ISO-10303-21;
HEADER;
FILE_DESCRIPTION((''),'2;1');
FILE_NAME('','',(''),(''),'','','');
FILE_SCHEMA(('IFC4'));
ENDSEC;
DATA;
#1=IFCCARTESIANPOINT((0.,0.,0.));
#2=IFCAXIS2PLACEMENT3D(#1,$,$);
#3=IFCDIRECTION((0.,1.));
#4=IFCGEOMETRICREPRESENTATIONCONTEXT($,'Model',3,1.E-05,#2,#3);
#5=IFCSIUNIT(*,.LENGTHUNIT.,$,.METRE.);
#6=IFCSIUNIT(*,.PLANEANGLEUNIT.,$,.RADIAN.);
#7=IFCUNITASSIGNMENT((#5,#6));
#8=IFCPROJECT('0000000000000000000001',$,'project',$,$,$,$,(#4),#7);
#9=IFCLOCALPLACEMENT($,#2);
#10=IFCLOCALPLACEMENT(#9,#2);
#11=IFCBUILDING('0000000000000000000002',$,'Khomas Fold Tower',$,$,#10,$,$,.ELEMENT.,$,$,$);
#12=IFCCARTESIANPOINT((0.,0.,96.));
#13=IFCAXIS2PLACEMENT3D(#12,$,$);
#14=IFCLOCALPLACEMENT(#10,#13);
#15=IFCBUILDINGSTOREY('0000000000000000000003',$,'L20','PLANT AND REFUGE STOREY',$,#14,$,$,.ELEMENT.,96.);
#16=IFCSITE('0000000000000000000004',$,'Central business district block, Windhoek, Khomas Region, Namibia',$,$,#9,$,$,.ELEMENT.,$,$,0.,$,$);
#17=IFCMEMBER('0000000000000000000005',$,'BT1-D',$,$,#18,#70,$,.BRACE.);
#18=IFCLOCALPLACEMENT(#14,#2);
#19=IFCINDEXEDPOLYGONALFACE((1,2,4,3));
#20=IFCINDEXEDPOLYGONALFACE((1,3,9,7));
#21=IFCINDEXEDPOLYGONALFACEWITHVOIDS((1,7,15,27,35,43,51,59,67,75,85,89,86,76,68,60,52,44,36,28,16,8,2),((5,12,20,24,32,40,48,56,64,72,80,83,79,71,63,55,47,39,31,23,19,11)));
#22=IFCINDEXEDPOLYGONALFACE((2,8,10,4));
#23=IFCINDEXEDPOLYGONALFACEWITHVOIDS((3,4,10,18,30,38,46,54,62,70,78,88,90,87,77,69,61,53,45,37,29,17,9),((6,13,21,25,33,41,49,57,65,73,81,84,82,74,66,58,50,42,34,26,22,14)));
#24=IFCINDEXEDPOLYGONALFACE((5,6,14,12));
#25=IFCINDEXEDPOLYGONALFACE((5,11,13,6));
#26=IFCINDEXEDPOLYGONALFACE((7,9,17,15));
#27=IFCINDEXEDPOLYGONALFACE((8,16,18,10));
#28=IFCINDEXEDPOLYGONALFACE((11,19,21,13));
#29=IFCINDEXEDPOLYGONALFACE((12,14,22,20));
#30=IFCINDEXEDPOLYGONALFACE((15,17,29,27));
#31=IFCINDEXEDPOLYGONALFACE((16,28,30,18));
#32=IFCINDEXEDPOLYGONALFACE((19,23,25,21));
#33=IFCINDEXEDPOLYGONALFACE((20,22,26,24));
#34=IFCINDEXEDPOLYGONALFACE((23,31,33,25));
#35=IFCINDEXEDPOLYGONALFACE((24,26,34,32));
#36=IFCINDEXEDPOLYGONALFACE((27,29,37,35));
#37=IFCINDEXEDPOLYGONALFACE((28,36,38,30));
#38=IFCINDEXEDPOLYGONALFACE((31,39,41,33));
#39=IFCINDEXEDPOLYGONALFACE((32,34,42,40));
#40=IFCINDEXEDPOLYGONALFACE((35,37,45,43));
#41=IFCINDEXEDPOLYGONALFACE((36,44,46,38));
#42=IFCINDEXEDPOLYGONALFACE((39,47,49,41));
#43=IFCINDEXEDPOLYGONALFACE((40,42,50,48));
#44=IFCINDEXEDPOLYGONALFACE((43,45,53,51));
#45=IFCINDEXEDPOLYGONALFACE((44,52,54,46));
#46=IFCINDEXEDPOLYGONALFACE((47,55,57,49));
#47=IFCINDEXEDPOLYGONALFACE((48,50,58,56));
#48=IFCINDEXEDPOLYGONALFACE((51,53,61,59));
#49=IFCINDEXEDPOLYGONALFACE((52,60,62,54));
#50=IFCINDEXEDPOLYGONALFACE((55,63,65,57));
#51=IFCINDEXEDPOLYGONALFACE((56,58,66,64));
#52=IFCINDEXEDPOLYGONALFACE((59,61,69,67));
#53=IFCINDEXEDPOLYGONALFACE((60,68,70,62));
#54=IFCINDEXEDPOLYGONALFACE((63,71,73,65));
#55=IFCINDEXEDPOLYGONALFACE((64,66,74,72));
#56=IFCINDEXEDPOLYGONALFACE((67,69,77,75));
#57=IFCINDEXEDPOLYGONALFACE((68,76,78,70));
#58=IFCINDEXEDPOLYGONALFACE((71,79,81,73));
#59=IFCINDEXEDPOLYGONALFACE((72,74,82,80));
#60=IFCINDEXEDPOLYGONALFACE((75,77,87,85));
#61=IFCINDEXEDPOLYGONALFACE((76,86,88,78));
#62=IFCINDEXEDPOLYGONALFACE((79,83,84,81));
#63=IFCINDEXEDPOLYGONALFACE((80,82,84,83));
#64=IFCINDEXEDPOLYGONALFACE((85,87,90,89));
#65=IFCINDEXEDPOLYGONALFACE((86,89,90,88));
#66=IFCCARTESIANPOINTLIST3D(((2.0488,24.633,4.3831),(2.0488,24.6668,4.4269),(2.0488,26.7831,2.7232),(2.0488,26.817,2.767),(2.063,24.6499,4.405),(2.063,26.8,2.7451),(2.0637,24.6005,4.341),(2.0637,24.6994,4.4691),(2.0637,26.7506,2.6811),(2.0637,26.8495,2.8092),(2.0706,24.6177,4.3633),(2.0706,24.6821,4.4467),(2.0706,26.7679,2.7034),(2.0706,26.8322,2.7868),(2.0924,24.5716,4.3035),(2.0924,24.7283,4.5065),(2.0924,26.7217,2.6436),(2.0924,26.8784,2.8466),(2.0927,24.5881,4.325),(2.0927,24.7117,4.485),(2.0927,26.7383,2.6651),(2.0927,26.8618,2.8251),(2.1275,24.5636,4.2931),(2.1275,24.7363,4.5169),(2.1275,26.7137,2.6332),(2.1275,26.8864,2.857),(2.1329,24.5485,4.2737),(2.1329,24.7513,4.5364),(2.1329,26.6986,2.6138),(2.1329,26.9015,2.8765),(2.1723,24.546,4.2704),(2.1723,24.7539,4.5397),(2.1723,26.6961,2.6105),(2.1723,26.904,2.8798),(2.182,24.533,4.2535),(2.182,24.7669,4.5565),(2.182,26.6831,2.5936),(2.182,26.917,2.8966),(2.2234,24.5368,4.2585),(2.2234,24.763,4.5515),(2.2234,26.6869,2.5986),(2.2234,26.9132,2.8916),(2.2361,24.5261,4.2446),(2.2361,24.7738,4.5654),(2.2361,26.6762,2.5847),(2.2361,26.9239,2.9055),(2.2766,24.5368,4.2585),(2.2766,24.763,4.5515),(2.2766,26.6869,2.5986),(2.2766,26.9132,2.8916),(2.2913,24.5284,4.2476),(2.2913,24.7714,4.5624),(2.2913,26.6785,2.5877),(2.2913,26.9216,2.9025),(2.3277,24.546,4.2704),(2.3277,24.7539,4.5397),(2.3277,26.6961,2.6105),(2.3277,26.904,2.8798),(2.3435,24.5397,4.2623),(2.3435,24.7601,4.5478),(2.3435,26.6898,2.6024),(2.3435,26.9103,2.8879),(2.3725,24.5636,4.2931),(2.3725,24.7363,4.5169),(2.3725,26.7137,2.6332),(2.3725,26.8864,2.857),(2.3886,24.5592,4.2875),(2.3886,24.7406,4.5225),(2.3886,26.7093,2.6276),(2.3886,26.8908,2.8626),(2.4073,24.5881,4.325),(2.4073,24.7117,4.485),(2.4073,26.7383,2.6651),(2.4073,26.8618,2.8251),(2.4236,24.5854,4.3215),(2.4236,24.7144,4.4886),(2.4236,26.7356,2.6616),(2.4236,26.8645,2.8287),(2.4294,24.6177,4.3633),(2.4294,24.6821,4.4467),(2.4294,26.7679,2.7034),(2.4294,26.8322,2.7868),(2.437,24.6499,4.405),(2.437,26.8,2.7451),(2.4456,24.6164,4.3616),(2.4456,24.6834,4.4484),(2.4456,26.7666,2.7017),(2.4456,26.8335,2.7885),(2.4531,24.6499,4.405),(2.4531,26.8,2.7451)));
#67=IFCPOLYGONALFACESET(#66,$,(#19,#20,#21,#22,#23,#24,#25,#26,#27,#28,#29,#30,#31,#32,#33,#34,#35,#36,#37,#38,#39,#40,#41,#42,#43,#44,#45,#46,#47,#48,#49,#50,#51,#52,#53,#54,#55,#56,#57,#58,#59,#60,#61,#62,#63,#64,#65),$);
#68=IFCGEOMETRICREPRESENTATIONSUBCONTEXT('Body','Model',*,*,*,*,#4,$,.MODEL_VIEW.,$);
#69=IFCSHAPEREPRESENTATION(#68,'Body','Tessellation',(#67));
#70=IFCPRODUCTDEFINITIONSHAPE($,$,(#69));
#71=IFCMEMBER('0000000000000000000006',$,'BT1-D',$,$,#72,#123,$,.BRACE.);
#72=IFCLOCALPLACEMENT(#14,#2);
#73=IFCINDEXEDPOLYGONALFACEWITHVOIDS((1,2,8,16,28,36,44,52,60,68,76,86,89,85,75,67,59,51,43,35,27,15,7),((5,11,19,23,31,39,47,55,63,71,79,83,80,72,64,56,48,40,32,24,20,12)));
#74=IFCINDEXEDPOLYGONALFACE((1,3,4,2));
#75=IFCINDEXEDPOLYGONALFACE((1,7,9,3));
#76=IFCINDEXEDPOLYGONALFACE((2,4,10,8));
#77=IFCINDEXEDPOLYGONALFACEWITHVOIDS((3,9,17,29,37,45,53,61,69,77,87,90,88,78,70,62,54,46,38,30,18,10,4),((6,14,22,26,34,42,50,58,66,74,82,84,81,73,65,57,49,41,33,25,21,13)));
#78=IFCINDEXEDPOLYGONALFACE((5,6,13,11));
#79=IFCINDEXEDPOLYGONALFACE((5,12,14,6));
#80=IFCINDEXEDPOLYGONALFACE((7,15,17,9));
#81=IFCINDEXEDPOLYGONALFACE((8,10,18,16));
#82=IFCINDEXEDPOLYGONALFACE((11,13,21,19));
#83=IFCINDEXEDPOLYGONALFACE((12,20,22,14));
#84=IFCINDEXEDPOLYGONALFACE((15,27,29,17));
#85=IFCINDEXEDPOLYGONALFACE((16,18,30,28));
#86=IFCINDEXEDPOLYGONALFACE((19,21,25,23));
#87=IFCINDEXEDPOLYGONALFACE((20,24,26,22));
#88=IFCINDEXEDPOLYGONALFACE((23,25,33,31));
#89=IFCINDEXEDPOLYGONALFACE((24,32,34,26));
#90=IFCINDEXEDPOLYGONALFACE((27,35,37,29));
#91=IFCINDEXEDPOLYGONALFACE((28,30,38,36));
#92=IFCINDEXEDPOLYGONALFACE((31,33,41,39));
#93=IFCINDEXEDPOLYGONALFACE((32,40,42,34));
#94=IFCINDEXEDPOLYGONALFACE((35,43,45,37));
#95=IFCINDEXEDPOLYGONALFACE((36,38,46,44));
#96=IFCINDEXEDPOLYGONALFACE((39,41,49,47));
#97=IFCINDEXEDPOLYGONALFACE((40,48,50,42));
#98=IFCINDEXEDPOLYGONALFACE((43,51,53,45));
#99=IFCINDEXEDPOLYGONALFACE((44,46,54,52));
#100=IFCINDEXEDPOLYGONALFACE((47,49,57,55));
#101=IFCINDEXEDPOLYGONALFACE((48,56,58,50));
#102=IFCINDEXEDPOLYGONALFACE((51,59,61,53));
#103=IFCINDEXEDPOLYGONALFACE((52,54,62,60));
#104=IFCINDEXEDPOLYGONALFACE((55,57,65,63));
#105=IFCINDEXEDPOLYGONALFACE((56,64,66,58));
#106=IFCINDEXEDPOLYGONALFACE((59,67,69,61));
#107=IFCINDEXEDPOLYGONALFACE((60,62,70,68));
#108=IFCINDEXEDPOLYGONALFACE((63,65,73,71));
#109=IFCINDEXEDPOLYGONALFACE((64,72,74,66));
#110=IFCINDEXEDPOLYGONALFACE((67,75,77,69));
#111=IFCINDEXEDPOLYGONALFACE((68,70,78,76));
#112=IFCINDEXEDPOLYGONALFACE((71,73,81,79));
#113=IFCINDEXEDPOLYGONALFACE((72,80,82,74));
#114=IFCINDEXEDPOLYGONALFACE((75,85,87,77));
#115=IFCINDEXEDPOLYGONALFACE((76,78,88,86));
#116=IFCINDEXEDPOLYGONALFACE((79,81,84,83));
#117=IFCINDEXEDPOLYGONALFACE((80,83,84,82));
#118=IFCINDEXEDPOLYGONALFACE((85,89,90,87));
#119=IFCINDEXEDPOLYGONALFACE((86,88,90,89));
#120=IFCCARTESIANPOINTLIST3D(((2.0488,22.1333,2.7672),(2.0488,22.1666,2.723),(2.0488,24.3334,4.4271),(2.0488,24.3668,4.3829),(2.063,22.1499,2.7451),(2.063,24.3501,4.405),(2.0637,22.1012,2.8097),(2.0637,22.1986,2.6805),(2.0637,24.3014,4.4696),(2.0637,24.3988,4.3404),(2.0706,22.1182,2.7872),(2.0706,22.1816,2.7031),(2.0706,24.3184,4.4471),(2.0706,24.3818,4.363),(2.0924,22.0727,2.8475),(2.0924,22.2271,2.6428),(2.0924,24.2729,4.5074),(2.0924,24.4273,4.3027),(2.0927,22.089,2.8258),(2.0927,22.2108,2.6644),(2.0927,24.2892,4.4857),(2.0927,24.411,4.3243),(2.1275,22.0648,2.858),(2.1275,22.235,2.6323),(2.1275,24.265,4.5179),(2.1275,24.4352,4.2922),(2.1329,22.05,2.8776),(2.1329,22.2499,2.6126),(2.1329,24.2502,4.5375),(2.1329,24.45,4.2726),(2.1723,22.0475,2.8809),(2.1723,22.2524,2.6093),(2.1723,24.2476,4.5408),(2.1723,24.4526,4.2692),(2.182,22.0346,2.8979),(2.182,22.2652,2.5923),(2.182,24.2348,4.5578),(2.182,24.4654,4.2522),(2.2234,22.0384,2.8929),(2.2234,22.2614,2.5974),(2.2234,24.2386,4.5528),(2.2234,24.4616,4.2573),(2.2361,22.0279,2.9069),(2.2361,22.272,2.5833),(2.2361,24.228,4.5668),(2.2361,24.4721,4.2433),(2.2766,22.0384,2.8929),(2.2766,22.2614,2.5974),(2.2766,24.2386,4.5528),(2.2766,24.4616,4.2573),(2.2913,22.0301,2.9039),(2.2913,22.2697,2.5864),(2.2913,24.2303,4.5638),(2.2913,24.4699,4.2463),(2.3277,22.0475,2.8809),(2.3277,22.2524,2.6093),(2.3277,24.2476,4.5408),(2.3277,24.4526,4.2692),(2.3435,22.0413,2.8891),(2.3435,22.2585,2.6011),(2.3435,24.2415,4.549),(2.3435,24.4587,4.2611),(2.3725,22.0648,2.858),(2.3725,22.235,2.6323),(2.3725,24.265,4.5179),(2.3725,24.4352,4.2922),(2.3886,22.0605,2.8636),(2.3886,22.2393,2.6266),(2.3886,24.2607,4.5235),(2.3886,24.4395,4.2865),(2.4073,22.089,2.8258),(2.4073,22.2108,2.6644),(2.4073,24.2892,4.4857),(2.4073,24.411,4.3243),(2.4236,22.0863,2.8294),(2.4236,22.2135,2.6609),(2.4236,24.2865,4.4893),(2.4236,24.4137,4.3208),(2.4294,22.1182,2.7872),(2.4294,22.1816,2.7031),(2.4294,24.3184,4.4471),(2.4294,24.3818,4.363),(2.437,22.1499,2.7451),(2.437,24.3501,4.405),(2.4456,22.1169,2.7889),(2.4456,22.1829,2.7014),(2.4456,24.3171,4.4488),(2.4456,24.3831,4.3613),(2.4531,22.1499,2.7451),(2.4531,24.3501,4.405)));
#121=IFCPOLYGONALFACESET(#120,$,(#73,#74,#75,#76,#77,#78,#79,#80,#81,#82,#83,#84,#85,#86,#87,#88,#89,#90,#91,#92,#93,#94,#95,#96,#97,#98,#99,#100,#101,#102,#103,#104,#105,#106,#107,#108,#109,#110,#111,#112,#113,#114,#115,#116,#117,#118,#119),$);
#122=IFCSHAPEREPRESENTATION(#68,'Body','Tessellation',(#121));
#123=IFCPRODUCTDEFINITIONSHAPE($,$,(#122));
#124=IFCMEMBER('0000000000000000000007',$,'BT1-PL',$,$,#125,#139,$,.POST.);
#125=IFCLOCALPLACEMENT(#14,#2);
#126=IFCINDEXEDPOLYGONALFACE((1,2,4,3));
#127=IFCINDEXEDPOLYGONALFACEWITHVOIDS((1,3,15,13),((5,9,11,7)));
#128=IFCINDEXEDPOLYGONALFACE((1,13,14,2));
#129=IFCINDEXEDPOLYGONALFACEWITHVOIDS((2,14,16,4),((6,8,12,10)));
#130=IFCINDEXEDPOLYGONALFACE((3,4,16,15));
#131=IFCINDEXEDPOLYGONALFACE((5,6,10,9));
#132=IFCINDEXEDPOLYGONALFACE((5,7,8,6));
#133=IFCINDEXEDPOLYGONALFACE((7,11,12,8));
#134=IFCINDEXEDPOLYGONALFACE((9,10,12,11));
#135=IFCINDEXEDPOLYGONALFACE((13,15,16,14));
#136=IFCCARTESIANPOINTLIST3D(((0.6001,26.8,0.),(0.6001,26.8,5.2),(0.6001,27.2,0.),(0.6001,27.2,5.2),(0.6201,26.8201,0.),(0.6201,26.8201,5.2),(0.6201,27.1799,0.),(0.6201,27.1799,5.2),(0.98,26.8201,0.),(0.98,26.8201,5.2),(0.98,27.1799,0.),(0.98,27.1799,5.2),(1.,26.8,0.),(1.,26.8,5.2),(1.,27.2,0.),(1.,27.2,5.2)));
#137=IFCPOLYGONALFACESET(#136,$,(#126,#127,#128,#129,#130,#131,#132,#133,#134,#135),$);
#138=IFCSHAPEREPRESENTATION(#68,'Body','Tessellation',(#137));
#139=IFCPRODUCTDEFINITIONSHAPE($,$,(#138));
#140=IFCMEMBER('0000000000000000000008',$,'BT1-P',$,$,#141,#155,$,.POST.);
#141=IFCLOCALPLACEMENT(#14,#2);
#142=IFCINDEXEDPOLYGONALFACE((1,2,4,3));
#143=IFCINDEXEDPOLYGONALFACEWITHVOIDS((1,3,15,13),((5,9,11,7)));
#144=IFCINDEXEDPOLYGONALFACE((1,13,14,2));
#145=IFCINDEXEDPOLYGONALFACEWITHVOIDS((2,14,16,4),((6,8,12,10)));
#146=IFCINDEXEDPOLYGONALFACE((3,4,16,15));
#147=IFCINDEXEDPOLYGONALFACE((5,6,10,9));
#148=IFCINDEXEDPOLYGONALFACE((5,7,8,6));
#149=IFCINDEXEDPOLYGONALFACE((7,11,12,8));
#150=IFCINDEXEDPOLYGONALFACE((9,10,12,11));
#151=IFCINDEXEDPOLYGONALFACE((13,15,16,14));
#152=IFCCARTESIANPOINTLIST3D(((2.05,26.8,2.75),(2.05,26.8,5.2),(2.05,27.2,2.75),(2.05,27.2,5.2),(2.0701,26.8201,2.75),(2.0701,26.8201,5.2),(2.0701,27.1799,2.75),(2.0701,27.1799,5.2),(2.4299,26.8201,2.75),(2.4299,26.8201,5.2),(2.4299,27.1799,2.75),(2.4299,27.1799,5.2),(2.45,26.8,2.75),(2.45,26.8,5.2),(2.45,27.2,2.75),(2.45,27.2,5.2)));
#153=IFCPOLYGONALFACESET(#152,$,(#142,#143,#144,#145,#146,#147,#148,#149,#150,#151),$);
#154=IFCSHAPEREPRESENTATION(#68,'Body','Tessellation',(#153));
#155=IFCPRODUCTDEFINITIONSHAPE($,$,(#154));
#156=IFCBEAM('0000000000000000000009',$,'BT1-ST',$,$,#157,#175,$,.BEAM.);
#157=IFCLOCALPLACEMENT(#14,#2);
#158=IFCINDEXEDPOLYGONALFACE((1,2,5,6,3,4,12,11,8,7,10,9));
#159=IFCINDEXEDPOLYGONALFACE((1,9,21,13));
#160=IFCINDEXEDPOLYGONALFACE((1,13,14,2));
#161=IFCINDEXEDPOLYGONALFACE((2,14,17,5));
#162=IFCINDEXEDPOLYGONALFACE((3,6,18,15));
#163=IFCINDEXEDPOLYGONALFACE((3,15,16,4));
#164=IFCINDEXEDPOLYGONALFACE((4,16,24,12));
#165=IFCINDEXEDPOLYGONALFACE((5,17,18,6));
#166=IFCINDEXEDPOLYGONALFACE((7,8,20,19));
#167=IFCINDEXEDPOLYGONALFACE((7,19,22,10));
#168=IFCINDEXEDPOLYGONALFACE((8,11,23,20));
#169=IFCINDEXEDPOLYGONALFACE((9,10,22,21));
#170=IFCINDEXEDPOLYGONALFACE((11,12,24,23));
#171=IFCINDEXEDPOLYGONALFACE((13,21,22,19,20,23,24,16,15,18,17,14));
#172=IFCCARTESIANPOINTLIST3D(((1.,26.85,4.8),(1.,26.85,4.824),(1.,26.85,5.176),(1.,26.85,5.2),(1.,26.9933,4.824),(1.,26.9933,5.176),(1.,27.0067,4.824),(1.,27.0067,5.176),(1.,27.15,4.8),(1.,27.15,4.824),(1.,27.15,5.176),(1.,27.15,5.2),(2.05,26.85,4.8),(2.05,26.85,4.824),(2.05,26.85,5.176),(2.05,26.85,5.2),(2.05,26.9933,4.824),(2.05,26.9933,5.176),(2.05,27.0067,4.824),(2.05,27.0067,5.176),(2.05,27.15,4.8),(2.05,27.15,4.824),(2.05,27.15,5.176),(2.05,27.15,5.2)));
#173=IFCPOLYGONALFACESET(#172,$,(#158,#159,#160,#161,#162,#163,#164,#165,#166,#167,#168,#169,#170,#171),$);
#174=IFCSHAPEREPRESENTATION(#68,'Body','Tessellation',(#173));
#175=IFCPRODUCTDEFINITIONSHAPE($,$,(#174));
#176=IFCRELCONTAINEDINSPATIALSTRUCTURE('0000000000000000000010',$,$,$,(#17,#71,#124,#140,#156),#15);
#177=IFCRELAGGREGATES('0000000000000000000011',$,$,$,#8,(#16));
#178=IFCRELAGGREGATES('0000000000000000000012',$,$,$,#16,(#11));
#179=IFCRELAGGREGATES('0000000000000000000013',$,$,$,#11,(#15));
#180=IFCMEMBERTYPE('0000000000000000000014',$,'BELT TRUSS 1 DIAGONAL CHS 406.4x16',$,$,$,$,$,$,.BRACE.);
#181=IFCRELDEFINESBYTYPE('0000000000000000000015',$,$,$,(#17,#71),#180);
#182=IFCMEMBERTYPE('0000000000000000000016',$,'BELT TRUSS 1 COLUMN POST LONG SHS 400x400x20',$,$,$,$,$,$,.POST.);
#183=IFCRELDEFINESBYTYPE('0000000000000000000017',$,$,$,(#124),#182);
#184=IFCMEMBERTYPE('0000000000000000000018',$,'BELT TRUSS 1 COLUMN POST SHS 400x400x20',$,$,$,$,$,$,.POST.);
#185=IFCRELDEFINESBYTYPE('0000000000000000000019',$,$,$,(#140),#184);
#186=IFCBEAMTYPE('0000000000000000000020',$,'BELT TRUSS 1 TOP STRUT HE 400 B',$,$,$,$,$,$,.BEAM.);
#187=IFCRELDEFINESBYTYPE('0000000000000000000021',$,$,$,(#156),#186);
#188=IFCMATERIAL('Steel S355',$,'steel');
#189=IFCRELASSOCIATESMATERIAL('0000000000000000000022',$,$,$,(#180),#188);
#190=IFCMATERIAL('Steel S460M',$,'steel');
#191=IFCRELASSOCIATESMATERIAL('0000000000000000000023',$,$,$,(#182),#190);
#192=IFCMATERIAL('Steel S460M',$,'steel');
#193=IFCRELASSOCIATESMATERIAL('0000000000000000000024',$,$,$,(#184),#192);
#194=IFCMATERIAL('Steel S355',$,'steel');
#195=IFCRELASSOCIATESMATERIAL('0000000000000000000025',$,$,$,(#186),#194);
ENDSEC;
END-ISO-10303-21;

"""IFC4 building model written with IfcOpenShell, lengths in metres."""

from ifc_helpers import new_model, si_unit, direction, frame, origin, origin_2d, place, context, subcontext, project, spatial, hollow_rectangle, hollow_circle, i_section, extrude, source, transform, mapped, material, material_profile, profile_set, type_object, element, save


model = new_model("IFC4")

# Units and contexts
model_context = context("Model", 3, precision=1e-05, world=origin(), true_north=direction((0.0, 1.0)))
body_context = subcontext(model_context, "Body", "Model", "MODEL_VIEW")
ifc_project = project(units=[si_unit("LENGTHUNIT", "METRE"), si_unit("PLANEANGLEUNIT", "RADIAN")], contexts=[model_context])

# Site, building, storey
site_placement = place(None, origin())
site = spatial("IfcSite", under=ifc_project, at=site_placement, Name="Central business district block, Windhoek, Khomas Region, Namibia", CompositionType="ELEMENT", RefElevation=0.0)
building_placement = place(site_placement, origin())
building = spatial("IfcBuilding", under=site, at=building_placement, Name="Khomas Fold Tower", CompositionType="ELEMENT")
storey_placement = place(building_placement, frame((0.0, 0.0, 96.0)))
storey = spatial("IfcBuildingStorey", under=building, at=storey_placement, Name="L20", Description="PLANT AND REFUGE STOREY", CompositionType="ELEMENT", Elevation=96.0)

# Members
ifc_material_1 = material(Name="Steel S355", Category="steel")
ifc_material_profile_1 = material_profile(ifc_material_1, hollow_circle(Radius=0.2031, WallThickness=0.0161, at=origin_2d()), Name="CHS 406.4x16")
ifc_profile_set_1 = profile_set([ifc_material_profile_1], Name="Steel S355")
member_type_1 = type_object("IfcMemberType", Name="BELT TRUSS 1 DIAGONAL CHS 406.4x16", PredefinedType="BRACE", material=ifc_profile_set_1)
shared_shape_1 = source(origin(), body_context, "Body", "SweptSolid", [
    extrude(hollow_circle(Radius=0.2031, WallThickness=0.0161, at=origin_2d()), origin(), (0.0, 0.0, 1.0), 2.7163),
])
for number, where, z_axis, x_axis, name in (
    (1, (2.25, 26.8, 2.7451), (0.0, -0.791564, 0.611087), (1.0, 0.0, 0.0), "BT1-D"),
):
    element("IfcMember", number, at=place(storey_placement, frame(where, z_axis=z_axis, x_axis=x_axis)), inside=storey, type_object=member_type_1, Name=name, PredefinedType="BRACE", context=body_context, shape_type="MappedRepresentation", body=[
        mapped(shared_shape_1, transform((0.0, 0.0, 0.0))),
    ])
shared_shape_2 = source(origin(), body_context, "Body", "SweptSolid", [
    extrude(hollow_circle(Radius=0.2031, WallThickness=0.0161, at=origin_2d()), origin(), (0.0, 0.0, 1.0), 2.7561),
])
member_1_placement = place(storey_placement, frame((2.25, 24.3501, 4.405), z_axis=(0.0, -0.798296, -0.602265), x_axis=(1.0, 0.0, 0.0)))
element("IfcMember", 2, at=member_1_placement, inside=storey, type_object=member_type_1, Name="BT1-D", PredefinedType="BRACE", context=body_context, shape_type="MappedRepresentation", body=[
    mapped(shared_shape_2, transform((0.0, 0.0, 0.0))),
])
ifc_material_2 = material(Name="Steel S460M", Category="steel")
ifc_material_profile_2 = material_profile(ifc_material_2, hollow_rectangle(XDim=0.3999, YDim=0.3999, WallThickness=0.02, at=origin_2d()), Name="SHS 400x400x20")
ifc_profile_set_2 = profile_set([ifc_material_profile_2], Name="Steel S460M")
member_type_2 = type_object("IfcMemberType", Name="BELT TRUSS 1 COLUMN POST LONG SHS 400x400x20", PredefinedType="POST", material=ifc_profile_set_2)
shared_shape_3 = source(origin(), body_context, "Body", "SweptSolid", [
    extrude(hollow_rectangle(XDim=0.3999, YDim=0.3999, WallThickness=0.02, at=origin_2d()), origin(), (0.0, 0.0, 1.0), 5.2),
])
member_2_placement = place(storey_placement, frame((0.8, 27.0, 0.0), z_axis=(0.0, 0.0, 1.0), x_axis=(1.0, 0.0, 0.0)))
element("IfcMember", 3, at=member_2_placement, inside=storey, type_object=member_type_2, Name="BT1-PL", PredefinedType="POST", context=body_context, shape_type="MappedRepresentation", body=[
    mapped(shared_shape_3, transform((0.0, 0.0, 0.0))),
])
ifc_material_3 = material(Name="Steel S460M", Category="steel")
ifc_material_profile_3 = material_profile(ifc_material_3, hollow_rectangle(XDim=0.3999, YDim=0.3999, WallThickness=0.02, at=origin_2d()), Name="SHS 400x400x20")
ifc_profile_set_3 = profile_set([ifc_material_profile_3], Name="Steel S460M")
member_type_3 = type_object("IfcMemberType", Name="BELT TRUSS 1 COLUMN POST SHS 400x400x20", PredefinedType="POST", material=ifc_profile_set_3)
shared_shape_4 = source(origin(), body_context, "Body", "SweptSolid", [
    extrude(hollow_rectangle(XDim=0.3999, YDim=0.3999, WallThickness=0.02, at=origin_2d()), origin(), (0.0, 0.0, 1.0), 2.45),
])
member_3_placement = place(storey_placement, frame((2.25, 27.0, 2.75), z_axis=(0.0, 0.0, 1.0), x_axis=(1.0, 0.0, 0.0)))
element("IfcMember", 4, at=member_3_placement, inside=storey, type_object=member_type_3, Name="BT1-P", PredefinedType="POST", context=body_context, shape_type="MappedRepresentation", body=[
    mapped(shared_shape_4, transform((0.0, 0.0, 0.0))),
])

# Beam
ifc_material_4 = material(Name="Steel S355", Category="steel")
ifc_material_profile_4 = material_profile(ifc_material_4, i_section(OverallWidth=0.3, OverallDepth=0.3999, WebThickness=0.0134, FlangeThickness=0.0239, at=origin_2d()), Name="HE 400 B")
ifc_profile_set_4 = profile_set([ifc_material_profile_4], Name="Steel S355")
beam_type_1 = type_object("IfcBeamType", Name="BELT TRUSS 1 TOP STRUT HE 400 B", PredefinedType="BEAM", material=ifc_profile_set_4)
shared_shape_5 = source(origin(), body_context, "Body", "SweptSolid", [
    extrude(i_section(OverallWidth=0.3, OverallDepth=0.3999, WebThickness=0.0134, FlangeThickness=0.0239, at=origin_2d()), origin(), (0.0, 0.0, 1.0), 1.05),
])
beam_1_placement = place(storey_placement, frame((2.05, 27.0, 5.0), z_axis=(-1.0, 0.0, 0.0), x_axis=(0.0, -1.0, 0.0)))
element("IfcBeam", 5, at=beam_1_placement, inside=storey, type_object=beam_type_1, Name="BT1-ST", PredefinedType="BEAM", context=body_context, shape_type="MappedRepresentation", body=[
    mapped(shared_shape_5, transform((0.0, 0.0, 0.0))),
])

save(model, "model.ifc")
